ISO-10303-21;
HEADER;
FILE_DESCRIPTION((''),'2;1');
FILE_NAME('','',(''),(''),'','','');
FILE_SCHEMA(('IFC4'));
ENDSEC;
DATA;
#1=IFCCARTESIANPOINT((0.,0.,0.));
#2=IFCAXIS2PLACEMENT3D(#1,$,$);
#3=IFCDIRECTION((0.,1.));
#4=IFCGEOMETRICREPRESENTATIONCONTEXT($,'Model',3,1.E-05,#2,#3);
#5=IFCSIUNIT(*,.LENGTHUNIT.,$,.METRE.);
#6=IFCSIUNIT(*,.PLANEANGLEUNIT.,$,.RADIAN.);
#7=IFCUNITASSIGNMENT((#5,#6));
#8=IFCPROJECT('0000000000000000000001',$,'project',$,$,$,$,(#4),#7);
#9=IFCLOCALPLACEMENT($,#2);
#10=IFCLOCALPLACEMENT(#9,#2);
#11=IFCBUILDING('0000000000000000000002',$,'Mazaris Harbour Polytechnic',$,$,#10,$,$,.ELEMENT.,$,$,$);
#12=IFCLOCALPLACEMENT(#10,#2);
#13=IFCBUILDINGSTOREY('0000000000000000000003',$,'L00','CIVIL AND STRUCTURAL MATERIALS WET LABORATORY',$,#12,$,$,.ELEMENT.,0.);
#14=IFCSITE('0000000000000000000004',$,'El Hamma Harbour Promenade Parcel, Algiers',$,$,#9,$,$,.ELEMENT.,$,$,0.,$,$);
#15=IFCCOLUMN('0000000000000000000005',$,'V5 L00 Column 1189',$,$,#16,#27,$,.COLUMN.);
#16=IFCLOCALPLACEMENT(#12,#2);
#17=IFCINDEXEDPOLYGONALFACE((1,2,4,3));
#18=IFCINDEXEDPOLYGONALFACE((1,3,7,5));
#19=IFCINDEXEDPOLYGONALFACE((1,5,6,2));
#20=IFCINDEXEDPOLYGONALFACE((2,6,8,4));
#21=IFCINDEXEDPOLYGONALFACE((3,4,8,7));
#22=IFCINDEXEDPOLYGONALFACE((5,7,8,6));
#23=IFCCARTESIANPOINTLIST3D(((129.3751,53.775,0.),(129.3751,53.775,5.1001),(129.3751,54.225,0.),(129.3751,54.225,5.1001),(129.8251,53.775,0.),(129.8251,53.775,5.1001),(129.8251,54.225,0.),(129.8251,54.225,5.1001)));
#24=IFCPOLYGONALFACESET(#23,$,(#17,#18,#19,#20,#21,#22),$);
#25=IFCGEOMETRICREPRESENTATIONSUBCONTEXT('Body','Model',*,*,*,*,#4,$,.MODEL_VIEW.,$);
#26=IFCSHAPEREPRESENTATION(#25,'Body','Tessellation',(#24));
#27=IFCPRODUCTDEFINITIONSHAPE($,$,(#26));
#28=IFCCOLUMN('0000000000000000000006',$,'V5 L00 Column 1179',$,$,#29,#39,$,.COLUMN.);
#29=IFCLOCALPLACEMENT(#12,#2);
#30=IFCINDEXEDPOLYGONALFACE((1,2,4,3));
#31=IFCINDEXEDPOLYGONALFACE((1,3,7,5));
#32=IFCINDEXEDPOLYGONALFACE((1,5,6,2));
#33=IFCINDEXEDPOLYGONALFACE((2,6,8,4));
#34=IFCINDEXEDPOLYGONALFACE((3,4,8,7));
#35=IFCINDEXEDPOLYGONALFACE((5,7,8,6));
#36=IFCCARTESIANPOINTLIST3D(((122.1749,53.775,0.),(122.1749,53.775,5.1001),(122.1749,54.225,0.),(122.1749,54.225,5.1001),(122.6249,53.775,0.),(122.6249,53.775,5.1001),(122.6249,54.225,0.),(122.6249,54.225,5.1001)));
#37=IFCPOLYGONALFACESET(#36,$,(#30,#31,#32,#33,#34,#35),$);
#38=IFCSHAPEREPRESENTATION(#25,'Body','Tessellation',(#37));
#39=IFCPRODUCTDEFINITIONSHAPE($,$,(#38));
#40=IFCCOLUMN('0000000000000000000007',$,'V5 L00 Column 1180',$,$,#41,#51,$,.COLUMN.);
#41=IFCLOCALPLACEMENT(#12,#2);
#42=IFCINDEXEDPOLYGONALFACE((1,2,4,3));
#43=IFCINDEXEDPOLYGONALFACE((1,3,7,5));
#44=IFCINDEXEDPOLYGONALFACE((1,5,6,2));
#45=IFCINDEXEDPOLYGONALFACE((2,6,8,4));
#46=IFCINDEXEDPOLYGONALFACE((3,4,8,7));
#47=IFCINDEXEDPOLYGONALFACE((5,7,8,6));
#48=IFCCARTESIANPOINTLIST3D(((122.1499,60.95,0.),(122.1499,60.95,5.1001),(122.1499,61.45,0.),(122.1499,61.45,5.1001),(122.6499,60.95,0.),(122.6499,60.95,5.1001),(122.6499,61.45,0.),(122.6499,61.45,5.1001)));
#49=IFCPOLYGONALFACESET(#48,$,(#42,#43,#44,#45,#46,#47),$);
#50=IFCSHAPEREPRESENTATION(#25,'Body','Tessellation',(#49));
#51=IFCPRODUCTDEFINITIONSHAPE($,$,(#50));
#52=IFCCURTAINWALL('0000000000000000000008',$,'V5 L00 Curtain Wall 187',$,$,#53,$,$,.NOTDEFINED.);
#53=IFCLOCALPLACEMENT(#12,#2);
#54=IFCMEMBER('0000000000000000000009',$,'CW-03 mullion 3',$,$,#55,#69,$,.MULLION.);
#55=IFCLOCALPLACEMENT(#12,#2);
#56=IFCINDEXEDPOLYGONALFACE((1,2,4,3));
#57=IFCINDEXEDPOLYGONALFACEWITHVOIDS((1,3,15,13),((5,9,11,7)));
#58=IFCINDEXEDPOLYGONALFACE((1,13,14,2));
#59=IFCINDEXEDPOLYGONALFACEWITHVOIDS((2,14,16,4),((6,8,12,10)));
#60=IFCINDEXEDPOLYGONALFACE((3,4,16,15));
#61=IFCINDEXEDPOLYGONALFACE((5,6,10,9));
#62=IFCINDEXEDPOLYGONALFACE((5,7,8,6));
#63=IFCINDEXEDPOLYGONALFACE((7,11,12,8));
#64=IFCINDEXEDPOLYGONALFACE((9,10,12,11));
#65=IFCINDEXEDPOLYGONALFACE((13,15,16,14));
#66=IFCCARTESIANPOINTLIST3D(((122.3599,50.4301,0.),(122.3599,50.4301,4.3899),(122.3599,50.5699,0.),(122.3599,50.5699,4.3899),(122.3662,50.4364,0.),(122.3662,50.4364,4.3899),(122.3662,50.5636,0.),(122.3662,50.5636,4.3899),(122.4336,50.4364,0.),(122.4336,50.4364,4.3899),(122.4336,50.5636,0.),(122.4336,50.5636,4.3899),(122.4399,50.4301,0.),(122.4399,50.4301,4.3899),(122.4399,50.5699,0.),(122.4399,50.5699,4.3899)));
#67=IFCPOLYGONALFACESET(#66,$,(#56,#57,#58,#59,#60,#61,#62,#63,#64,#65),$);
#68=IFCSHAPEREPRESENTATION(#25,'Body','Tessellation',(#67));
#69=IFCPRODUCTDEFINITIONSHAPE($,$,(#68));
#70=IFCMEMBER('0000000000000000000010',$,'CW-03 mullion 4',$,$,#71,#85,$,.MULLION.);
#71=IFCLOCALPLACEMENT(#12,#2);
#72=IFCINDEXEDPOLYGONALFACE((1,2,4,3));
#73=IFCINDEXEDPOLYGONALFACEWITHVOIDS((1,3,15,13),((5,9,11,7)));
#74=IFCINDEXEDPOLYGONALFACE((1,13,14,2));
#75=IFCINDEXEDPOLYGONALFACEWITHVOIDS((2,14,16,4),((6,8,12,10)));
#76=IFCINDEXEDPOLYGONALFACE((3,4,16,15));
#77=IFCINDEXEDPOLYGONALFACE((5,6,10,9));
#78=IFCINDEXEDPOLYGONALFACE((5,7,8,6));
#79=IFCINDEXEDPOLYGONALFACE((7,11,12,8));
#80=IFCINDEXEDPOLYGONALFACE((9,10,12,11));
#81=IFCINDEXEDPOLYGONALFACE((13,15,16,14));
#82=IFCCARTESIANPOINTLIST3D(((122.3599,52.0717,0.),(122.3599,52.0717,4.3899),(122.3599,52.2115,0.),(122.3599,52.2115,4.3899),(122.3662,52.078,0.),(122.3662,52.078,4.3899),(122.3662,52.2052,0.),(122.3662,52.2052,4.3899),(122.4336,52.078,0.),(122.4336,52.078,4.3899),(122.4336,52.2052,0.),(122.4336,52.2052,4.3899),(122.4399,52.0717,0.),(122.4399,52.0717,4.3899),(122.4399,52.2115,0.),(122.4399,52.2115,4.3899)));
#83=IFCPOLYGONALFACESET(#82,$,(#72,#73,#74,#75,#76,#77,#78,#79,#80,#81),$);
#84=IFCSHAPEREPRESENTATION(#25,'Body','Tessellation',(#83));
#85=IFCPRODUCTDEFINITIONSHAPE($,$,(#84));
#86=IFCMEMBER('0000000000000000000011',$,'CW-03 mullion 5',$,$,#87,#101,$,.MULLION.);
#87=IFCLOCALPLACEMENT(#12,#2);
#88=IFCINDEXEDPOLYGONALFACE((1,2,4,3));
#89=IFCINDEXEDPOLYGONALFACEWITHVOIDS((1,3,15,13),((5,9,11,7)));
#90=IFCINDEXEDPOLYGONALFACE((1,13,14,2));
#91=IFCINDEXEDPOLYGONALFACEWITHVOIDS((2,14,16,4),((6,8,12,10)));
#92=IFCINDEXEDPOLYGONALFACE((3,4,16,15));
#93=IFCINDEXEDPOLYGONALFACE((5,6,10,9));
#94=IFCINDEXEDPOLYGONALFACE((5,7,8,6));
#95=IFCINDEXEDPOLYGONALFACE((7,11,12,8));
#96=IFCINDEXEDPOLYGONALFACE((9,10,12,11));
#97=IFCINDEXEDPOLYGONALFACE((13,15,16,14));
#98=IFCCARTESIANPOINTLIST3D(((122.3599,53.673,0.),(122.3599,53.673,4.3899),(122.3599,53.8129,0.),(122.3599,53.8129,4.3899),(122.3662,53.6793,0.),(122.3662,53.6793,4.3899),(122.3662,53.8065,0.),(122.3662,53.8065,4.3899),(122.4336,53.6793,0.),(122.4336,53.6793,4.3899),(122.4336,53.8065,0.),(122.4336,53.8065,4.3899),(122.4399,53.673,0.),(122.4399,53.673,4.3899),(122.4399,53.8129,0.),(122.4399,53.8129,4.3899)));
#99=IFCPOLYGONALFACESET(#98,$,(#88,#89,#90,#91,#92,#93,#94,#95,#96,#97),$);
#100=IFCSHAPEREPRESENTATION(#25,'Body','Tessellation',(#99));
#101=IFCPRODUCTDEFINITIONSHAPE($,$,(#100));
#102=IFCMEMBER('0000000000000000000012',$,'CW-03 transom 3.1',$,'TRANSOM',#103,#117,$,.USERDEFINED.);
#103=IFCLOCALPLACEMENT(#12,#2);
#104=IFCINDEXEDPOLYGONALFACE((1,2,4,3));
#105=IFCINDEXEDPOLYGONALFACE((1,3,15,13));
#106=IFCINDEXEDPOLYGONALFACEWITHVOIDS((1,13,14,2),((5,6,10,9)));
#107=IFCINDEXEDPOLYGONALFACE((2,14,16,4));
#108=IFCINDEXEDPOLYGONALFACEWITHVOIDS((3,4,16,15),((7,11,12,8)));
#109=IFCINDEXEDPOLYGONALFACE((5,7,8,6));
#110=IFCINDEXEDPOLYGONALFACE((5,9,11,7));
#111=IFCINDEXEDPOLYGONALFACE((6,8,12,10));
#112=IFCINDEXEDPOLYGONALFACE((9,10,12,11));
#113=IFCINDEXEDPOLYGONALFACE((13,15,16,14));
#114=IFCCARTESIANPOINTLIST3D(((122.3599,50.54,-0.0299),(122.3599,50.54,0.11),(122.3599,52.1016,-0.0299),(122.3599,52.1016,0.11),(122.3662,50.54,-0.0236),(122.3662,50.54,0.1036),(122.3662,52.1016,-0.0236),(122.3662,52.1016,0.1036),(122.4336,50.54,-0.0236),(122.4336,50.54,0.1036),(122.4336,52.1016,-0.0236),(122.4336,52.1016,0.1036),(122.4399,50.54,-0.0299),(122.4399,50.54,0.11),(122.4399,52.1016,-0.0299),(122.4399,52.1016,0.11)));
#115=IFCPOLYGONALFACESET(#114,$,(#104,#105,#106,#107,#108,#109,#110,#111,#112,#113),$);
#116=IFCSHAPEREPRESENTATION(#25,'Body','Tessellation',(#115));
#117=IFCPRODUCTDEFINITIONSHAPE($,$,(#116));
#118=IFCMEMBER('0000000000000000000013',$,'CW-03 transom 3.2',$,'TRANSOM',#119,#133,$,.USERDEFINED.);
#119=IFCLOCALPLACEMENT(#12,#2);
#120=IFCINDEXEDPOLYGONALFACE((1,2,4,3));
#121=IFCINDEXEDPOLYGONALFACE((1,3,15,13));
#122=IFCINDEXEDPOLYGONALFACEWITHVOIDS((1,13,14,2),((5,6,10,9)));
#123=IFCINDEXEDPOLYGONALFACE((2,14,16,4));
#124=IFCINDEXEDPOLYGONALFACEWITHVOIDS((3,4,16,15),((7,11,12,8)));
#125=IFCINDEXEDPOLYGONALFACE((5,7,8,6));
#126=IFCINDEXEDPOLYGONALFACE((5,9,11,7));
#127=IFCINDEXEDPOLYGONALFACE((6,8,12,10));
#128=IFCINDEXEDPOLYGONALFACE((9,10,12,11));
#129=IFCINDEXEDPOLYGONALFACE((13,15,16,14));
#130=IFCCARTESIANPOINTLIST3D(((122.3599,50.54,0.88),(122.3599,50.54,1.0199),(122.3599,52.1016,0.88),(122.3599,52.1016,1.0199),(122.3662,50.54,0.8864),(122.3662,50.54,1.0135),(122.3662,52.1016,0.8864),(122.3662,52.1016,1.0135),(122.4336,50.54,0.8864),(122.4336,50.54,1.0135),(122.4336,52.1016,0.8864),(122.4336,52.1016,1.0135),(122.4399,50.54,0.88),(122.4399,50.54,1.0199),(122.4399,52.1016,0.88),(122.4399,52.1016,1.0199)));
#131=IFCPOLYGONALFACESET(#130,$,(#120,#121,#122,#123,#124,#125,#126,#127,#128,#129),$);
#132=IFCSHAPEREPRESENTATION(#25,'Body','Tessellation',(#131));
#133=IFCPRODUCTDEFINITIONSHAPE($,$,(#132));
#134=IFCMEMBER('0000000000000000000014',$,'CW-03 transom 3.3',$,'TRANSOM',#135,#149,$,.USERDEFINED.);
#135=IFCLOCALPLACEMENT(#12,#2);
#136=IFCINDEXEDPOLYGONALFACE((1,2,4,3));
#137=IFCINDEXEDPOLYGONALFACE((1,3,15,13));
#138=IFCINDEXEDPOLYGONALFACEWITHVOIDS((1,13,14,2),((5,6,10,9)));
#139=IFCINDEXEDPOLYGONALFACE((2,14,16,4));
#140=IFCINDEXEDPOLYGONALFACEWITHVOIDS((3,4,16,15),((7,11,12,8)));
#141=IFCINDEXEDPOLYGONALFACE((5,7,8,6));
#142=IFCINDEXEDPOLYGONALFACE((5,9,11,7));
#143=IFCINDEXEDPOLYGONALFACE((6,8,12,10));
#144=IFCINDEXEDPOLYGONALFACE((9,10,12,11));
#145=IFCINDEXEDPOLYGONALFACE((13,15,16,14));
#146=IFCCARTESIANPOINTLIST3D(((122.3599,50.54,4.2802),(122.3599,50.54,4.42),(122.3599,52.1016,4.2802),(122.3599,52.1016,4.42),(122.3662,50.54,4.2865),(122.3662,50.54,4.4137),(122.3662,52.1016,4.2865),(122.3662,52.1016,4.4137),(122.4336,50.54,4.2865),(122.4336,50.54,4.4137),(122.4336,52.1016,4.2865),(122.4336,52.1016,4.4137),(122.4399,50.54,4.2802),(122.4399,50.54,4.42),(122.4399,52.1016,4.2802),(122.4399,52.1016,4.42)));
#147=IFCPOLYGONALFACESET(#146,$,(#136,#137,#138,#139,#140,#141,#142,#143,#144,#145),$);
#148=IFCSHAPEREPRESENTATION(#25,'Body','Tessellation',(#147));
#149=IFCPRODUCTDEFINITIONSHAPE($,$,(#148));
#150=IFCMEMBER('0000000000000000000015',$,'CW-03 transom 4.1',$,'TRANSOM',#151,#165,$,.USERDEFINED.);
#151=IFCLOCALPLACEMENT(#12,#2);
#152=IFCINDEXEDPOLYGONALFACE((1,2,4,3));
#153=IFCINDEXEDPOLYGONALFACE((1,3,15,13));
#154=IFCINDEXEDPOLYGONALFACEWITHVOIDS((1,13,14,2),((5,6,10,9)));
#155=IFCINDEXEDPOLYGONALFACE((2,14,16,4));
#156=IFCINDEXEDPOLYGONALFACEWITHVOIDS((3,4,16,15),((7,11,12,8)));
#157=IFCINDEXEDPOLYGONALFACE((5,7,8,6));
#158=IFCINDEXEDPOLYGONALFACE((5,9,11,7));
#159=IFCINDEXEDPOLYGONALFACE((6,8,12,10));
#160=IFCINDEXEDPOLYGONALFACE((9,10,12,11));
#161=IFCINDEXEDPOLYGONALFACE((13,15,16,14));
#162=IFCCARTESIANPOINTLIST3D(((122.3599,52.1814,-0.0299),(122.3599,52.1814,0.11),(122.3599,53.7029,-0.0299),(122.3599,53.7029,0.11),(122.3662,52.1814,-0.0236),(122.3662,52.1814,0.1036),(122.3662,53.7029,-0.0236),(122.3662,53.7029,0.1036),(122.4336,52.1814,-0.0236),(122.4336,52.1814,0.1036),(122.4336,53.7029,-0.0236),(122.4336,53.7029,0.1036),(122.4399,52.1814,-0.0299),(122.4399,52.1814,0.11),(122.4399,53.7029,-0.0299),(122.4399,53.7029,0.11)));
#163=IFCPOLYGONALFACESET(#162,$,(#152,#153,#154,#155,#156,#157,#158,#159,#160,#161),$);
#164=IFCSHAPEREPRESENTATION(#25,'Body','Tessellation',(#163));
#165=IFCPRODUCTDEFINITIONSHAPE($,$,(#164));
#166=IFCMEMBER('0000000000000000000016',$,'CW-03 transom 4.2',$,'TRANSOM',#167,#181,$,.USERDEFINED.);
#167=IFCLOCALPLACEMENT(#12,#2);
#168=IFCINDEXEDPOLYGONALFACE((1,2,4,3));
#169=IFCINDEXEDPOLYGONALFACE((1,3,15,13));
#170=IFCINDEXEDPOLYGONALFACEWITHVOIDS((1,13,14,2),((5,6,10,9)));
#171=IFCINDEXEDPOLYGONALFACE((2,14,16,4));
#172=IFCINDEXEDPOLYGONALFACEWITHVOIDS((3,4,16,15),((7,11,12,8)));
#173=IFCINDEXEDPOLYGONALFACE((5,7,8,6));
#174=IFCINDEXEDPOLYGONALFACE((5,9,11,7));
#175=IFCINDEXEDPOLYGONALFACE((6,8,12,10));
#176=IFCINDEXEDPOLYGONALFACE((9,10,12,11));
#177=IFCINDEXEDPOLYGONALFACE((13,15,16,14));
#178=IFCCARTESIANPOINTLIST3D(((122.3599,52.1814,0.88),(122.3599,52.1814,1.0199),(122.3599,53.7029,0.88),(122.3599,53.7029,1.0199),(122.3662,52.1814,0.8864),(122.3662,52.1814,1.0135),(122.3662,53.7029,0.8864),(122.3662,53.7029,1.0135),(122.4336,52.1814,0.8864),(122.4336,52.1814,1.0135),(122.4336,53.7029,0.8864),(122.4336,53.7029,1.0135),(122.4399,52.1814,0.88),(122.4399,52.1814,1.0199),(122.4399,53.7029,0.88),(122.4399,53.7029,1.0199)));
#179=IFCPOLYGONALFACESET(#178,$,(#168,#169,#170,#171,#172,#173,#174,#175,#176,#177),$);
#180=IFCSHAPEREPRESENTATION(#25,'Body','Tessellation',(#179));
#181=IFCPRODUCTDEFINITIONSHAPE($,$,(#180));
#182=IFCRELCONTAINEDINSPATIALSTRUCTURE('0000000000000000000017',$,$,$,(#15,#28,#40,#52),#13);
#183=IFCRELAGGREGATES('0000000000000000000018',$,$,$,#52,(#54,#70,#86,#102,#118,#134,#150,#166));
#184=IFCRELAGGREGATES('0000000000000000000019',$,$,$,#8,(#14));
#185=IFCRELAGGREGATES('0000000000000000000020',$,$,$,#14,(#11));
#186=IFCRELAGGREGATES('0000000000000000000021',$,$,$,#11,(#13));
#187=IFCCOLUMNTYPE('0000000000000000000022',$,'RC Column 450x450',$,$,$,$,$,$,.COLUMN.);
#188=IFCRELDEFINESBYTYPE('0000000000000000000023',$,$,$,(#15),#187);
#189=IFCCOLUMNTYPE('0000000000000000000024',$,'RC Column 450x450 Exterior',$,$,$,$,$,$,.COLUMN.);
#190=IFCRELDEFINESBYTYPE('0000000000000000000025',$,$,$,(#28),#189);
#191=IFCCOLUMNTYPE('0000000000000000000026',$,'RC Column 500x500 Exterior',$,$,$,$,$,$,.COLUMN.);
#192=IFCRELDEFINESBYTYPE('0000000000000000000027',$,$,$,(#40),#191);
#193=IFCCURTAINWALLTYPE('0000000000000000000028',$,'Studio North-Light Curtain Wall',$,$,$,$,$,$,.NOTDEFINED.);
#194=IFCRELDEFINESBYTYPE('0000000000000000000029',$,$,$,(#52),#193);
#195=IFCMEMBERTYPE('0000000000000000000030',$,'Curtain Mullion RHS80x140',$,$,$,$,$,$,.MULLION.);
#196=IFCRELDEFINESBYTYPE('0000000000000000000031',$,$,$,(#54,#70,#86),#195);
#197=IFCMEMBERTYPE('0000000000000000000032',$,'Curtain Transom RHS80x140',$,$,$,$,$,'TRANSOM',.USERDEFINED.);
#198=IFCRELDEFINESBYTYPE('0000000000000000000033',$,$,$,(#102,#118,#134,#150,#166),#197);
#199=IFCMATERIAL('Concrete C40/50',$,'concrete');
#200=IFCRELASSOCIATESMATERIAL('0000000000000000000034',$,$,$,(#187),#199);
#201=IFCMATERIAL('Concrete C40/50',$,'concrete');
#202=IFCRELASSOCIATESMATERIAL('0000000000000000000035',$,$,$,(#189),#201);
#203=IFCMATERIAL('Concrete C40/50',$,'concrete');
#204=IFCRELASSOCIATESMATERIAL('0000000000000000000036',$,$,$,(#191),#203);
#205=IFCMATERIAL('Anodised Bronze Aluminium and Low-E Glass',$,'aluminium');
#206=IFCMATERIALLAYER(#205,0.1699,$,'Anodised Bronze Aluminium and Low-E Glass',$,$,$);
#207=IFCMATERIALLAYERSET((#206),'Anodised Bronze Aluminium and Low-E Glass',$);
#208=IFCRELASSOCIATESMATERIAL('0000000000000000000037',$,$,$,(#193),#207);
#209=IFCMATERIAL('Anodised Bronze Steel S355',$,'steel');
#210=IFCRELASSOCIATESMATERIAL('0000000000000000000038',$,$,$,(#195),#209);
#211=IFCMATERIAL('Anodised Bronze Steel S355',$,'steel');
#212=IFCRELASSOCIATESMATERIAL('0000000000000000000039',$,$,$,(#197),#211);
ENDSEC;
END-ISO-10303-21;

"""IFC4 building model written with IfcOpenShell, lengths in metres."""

from ifc_helpers import new_model, si_unit, direction, frame, origin, origin_2d, place, context, subcontext, project, spatial, rectangle, hollow_rectangle, extrude, material, layer, layer_set, material_profile, profile_set, type_object, element, aggregate, save


model = new_model("IFC4")

# Units and contexts
model_context = context("Model", 3, precision=1e-05, world=origin(), true_north=direction((0.0, 1.0)))
body_context = subcontext(model_context, "Body", "Model", "MODEL_VIEW")
ifc_project = project(units=[si_unit("LENGTHUNIT", "METRE"), si_unit("PLANEANGLEUNIT", "RADIAN")], contexts=[model_context])

# Site, building, storey
site_placement = place(None, origin())
site = spatial("IfcSite", under=ifc_project, at=site_placement, Name="El Hamma Harbour Promenade Parcel, Algiers", CompositionType="ELEMENT", RefElevation=0.0)
building_placement = place(site_placement, origin())
building = spatial("IfcBuilding", under=site, at=building_placement, Name="Mazaris Harbour Polytechnic", CompositionType="ELEMENT")
storey_placement = place(building_placement, origin())
storey = spatial("IfcBuildingStorey", under=building, at=storey_placement, Name="L00", Description="CIVIL AND STRUCTURAL MATERIALS WET LABORATORY", CompositionType="ELEMENT", Elevation=0.0)

# Columns
ifc_material_1 = material(Name="Concrete C40/50", Category="concrete")
ifc_material_profile_1 = material_profile(ifc_material_1, rectangle(XDim=0.45, YDim=0.45, at=origin_2d()), Name="RECT450x450")
ifc_profile_set_1 = profile_set([ifc_material_profile_1], Name="Concrete C40/50")
column_type_1 = type_object("IfcColumnType", Name="RC Column 450x450", PredefinedType="COLUMN", material=ifc_profile_set_1)
column_1_placement = place(storey_placement, frame((129.6001, 54.0, 0.0), z_axis=(0.0, 0.0, 1.0), x_axis=(1.0, 0.0, 0.0)))
element("IfcColumn", 1, at=column_1_placement, inside=storey, type_object=column_type_1, Name="V5 L00 Column 1189", PredefinedType="COLUMN", context=body_context, shape_type="SweptSolid", body=[
    extrude(rectangle(XDim=0.45, YDim=0.45, at=origin_2d()), origin(), (0.0, 0.0, 1.0), 5.1001),
])
ifc_material_2 = material(Name="Concrete C40/50", Category="concrete")
ifc_material_profile_2 = material_profile(ifc_material_2, rectangle(XDim=0.45, YDim=0.45, at=origin_2d()), Name="RECT450x450")
ifc_profile_set_2 = profile_set([ifc_material_profile_2], Name="Concrete C40/50")
column_type_2 = type_object("IfcColumnType", Name="RC Column 450x450 Exterior", PredefinedType="COLUMN", material=ifc_profile_set_2)
column_2_placement = place(storey_placement, frame((122.3999, 54.0, 0.0), z_axis=(0.0, 0.0, 1.0), x_axis=(1.0, 0.0, 0.0)))
element("IfcColumn", 2, at=column_2_placement, inside=storey, type_object=column_type_2, Name="V5 L00 Column 1179", PredefinedType="COLUMN", context=body_context, shape_type="SweptSolid", body=[
    extrude(rectangle(XDim=0.45, YDim=0.45, at=origin_2d()), origin(), (0.0, 0.0, 1.0), 5.1001),
])
ifc_material_3 = material(Name="Concrete C40/50", Category="concrete")
ifc_material_profile_3 = material_profile(ifc_material_3, rectangle(XDim=0.5, YDim=0.5, at=origin_2d()), Name="RECT500x500")
ifc_profile_set_3 = profile_set([ifc_material_profile_3], Name="Concrete C40/50")
column_type_3 = type_object("IfcColumnType", Name="RC Column 500x500 Exterior", PredefinedType="COLUMN", material=ifc_profile_set_3)
column_3_placement = place(storey_placement, frame((122.3999, 61.2, 0.0), z_axis=(0.0, 0.0, 1.0), x_axis=(1.0, 0.0, 0.0)))
element("IfcColumn", 3, at=column_3_placement, inside=storey, type_object=column_type_3, Name="V5 L00 Column 1180", PredefinedType="COLUMN", context=body_context, shape_type="SweptSolid", body=[
    extrude(rectangle(XDim=0.5, YDim=0.5, at=origin_2d()), origin(), (0.0, 0.0, 1.0), 5.1001),
])

# Curtain wall, members
ifc_material_4 = material(Name="Anodised Bronze Aluminium and Low-E Glass", Category="aluminium")
ifc_layer_1 = layer(ifc_material_4, 0.1699, Name="Anodised Bronze Aluminium and Low-E Glass")
ifc_layer_set_1 = layer_set([ifc_layer_1], Name="Anodised Bronze Aluminium and Low-E Glass")
curtain_wall_type = type_object("IfcCurtainWallType", Name="Studio North-Light Curtain Wall", PredefinedType="NOTDEFINED", material=ifc_layer_set_1)
curtain_wall_placement = place(storey_placement, origin())
curtain_wall = element("IfcCurtainWall", 4, at=curtain_wall_placement, inside=storey, type_object=curtain_wall_type, Name="V5 L00 Curtain Wall 187", PredefinedType="NOTDEFINED")
ifc_material_5 = material(Name="Anodised Bronze Steel S355", Category="steel")
ifc_material_profile_4 = material_profile(ifc_material_5, hollow_rectangle(XDim=0.0801, YDim=0.1399, WallThickness=0.0063, at=origin_2d()), Name="RHS 80x140x6.3")
ifc_profile_set_4 = profile_set([ifc_material_profile_4], Name="Anodised Bronze Steel S355")
member_type_1 = type_object("IfcMemberType", Name="Curtain Mullion RHS80x140", PredefinedType="MULLION", material=ifc_profile_set_4)
member_1_placement = place(storey_placement, frame((122.3999, 50.5, 0.0), z_axis=(0.0, 0.0, 1.0), x_axis=(-1.0, 0.0, 0.0)))
member_1 = element("IfcMember", 5, at=member_1_placement, type_object=member_type_1, Name="CW-03 mullion 3", PredefinedType="MULLION", context=body_context, shape_type="SweptSolid", body=[
    extrude(hollow_rectangle(XDim=0.0801, YDim=0.1399, WallThickness=0.0063, at=origin_2d()), origin(), (0.0, 0.0, 1.0), 4.3899),
])
member_2_placement = place(storey_placement, frame((122.3999, 52.1416, 0.0), z_axis=(0.0, 0.0, 1.0), x_axis=(-1.0, 0.0, 0.0)))
member_2 = element("IfcMember", 6, at=member_2_placement, type_object=member_type_1, Name="CW-03 mullion 4", PredefinedType="MULLION", context=body_context, shape_type="SweptSolid", body=[
    extrude(hollow_rectangle(XDim=0.0801, YDim=0.1399, WallThickness=0.0063, at=origin_2d()), origin(), (0.0, 0.0, 1.0), 4.3899),
])
member_3_placement = place(storey_placement, frame((122.3999, 53.7429, 0.0), z_axis=(0.0, 0.0, 1.0), x_axis=(-1.0, 0.0, 0.0)))
member_3 = element("IfcMember", 7, at=member_3_placement, type_object=member_type_1, Name="CW-03 mullion 5", PredefinedType="MULLION", context=body_context, shape_type="SweptSolid", body=[
    extrude(hollow_rectangle(XDim=0.0801, YDim=0.1399, WallThickness=0.0063, at=origin_2d()), origin(), (0.0, 0.0, 1.0), 4.3899),
])
ifc_material_6 = material(Name="Anodised Bronze Steel S355", Category="steel")
ifc_material_profile_5 = material_profile(ifc_material_6, hollow_rectangle(XDim=0.0801, YDim=0.1399, WallThickness=0.0063, at=origin_2d()), Name="RHS 80x140x6.3")
ifc_profile_set_5 = profile_set([ifc_material_profile_5], Name="Anodised Bronze Steel S355")
member_type_2 = type_object("IfcMemberType", Name="Curtain Transom RHS80x140", ElementType="TRANSOM", PredefinedType="USERDEFINED", material=ifc_profile_set_5)
member_4_placement = place(storey_placement, frame((122.3999, 50.54, 0.04), z_axis=(0.0, 1.0, 0.0), x_axis=(-1.0, 0.0, 0.0)))
member_4 = element("IfcMember", 8, at=member_4_placement, type_object=member_type_2, Name="CW-03 transom 3.1", ObjectType="TRANSOM", PredefinedType="USERDEFINED", context=body_context, shape_type="SweptSolid", body=[
    extrude(hollow_rectangle(XDim=0.0801, YDim=0.1399, WallThickness=0.0063, at=origin_2d()), origin(), (0.0, 0.0, 1.0), 1.5615),
])
member_5_placement = place(storey_placement, frame((122.3999, 50.54, 0.95), z_axis=(0.0, 1.0, 0.0), x_axis=(-1.0, 0.0, 0.0)))
member_5 = element("IfcMember", 9, at=member_5_placement, type_object=member_type_2, Name="CW-03 transom 3.2", ObjectType="TRANSOM", PredefinedType="USERDEFINED", context=body_context, shape_type="SweptSolid", body=[
    extrude(hollow_rectangle(XDim=0.0801, YDim=0.1399, WallThickness=0.0063, at=origin_2d()), origin(), (0.0, 0.0, 1.0), 1.5615),
])
member_6_placement = place(storey_placement, frame((122.3999, 50.54, 4.3501), z_axis=(0.0, 1.0, 0.0), x_axis=(-1.0, 0.0, 0.0)))
member_6 = element("IfcMember", 10, at=member_6_placement, type_object=member_type_2, Name="CW-03 transom 3.3", ObjectType="TRANSOM", PredefinedType="USERDEFINED", context=body_context, shape_type="SweptSolid", body=[
    extrude(hollow_rectangle(XDim=0.0801, YDim=0.1399, WallThickness=0.0063, at=origin_2d()), origin(), (0.0, 0.0, 1.0), 1.5615),
])
member_7_placement = place(storey_placement, frame((122.3999, 52.1814, 0.04), z_axis=(0.0, 1.0, 0.0), x_axis=(-1.0, 0.0, 0.0)))
member_7 = element("IfcMember", 11, at=member_7_placement, type_object=member_type_2, Name="CW-03 transom 4.1", ObjectType="TRANSOM", PredefinedType="USERDEFINED", context=body_context, shape_type="SweptSolid", body=[
    extrude(hollow_rectangle(XDim=0.0801, YDim=0.1399, WallThickness=0.0063, at=origin_2d()), origin(), (0.0, 0.0, 1.0), 1.5215),
])
member_8_placement = place(storey_placement, frame((122.3999, 52.1814, 0.95), z_axis=(0.0, 1.0, 0.0), x_axis=(-1.0, 0.0, 0.0)))
member_8 = element("IfcMember", 12, at=member_8_placement, type_object=member_type_2, Name="CW-03 transom 4.2", ObjectType="TRANSOM", PredefinedType="USERDEFINED", context=body_context, shape_type="SweptSolid", body=[
    extrude(hollow_rectangle(XDim=0.0801, YDim=0.1399, WallThickness=0.0063, at=origin_2d()), origin(), (0.0, 0.0, 1.0), 1.5215),
])

aggregate(curtain_wall, [member_1, member_2, member_3, member_4, member_5, member_6, member_7, member_8])

save(model, "model.ifc")
